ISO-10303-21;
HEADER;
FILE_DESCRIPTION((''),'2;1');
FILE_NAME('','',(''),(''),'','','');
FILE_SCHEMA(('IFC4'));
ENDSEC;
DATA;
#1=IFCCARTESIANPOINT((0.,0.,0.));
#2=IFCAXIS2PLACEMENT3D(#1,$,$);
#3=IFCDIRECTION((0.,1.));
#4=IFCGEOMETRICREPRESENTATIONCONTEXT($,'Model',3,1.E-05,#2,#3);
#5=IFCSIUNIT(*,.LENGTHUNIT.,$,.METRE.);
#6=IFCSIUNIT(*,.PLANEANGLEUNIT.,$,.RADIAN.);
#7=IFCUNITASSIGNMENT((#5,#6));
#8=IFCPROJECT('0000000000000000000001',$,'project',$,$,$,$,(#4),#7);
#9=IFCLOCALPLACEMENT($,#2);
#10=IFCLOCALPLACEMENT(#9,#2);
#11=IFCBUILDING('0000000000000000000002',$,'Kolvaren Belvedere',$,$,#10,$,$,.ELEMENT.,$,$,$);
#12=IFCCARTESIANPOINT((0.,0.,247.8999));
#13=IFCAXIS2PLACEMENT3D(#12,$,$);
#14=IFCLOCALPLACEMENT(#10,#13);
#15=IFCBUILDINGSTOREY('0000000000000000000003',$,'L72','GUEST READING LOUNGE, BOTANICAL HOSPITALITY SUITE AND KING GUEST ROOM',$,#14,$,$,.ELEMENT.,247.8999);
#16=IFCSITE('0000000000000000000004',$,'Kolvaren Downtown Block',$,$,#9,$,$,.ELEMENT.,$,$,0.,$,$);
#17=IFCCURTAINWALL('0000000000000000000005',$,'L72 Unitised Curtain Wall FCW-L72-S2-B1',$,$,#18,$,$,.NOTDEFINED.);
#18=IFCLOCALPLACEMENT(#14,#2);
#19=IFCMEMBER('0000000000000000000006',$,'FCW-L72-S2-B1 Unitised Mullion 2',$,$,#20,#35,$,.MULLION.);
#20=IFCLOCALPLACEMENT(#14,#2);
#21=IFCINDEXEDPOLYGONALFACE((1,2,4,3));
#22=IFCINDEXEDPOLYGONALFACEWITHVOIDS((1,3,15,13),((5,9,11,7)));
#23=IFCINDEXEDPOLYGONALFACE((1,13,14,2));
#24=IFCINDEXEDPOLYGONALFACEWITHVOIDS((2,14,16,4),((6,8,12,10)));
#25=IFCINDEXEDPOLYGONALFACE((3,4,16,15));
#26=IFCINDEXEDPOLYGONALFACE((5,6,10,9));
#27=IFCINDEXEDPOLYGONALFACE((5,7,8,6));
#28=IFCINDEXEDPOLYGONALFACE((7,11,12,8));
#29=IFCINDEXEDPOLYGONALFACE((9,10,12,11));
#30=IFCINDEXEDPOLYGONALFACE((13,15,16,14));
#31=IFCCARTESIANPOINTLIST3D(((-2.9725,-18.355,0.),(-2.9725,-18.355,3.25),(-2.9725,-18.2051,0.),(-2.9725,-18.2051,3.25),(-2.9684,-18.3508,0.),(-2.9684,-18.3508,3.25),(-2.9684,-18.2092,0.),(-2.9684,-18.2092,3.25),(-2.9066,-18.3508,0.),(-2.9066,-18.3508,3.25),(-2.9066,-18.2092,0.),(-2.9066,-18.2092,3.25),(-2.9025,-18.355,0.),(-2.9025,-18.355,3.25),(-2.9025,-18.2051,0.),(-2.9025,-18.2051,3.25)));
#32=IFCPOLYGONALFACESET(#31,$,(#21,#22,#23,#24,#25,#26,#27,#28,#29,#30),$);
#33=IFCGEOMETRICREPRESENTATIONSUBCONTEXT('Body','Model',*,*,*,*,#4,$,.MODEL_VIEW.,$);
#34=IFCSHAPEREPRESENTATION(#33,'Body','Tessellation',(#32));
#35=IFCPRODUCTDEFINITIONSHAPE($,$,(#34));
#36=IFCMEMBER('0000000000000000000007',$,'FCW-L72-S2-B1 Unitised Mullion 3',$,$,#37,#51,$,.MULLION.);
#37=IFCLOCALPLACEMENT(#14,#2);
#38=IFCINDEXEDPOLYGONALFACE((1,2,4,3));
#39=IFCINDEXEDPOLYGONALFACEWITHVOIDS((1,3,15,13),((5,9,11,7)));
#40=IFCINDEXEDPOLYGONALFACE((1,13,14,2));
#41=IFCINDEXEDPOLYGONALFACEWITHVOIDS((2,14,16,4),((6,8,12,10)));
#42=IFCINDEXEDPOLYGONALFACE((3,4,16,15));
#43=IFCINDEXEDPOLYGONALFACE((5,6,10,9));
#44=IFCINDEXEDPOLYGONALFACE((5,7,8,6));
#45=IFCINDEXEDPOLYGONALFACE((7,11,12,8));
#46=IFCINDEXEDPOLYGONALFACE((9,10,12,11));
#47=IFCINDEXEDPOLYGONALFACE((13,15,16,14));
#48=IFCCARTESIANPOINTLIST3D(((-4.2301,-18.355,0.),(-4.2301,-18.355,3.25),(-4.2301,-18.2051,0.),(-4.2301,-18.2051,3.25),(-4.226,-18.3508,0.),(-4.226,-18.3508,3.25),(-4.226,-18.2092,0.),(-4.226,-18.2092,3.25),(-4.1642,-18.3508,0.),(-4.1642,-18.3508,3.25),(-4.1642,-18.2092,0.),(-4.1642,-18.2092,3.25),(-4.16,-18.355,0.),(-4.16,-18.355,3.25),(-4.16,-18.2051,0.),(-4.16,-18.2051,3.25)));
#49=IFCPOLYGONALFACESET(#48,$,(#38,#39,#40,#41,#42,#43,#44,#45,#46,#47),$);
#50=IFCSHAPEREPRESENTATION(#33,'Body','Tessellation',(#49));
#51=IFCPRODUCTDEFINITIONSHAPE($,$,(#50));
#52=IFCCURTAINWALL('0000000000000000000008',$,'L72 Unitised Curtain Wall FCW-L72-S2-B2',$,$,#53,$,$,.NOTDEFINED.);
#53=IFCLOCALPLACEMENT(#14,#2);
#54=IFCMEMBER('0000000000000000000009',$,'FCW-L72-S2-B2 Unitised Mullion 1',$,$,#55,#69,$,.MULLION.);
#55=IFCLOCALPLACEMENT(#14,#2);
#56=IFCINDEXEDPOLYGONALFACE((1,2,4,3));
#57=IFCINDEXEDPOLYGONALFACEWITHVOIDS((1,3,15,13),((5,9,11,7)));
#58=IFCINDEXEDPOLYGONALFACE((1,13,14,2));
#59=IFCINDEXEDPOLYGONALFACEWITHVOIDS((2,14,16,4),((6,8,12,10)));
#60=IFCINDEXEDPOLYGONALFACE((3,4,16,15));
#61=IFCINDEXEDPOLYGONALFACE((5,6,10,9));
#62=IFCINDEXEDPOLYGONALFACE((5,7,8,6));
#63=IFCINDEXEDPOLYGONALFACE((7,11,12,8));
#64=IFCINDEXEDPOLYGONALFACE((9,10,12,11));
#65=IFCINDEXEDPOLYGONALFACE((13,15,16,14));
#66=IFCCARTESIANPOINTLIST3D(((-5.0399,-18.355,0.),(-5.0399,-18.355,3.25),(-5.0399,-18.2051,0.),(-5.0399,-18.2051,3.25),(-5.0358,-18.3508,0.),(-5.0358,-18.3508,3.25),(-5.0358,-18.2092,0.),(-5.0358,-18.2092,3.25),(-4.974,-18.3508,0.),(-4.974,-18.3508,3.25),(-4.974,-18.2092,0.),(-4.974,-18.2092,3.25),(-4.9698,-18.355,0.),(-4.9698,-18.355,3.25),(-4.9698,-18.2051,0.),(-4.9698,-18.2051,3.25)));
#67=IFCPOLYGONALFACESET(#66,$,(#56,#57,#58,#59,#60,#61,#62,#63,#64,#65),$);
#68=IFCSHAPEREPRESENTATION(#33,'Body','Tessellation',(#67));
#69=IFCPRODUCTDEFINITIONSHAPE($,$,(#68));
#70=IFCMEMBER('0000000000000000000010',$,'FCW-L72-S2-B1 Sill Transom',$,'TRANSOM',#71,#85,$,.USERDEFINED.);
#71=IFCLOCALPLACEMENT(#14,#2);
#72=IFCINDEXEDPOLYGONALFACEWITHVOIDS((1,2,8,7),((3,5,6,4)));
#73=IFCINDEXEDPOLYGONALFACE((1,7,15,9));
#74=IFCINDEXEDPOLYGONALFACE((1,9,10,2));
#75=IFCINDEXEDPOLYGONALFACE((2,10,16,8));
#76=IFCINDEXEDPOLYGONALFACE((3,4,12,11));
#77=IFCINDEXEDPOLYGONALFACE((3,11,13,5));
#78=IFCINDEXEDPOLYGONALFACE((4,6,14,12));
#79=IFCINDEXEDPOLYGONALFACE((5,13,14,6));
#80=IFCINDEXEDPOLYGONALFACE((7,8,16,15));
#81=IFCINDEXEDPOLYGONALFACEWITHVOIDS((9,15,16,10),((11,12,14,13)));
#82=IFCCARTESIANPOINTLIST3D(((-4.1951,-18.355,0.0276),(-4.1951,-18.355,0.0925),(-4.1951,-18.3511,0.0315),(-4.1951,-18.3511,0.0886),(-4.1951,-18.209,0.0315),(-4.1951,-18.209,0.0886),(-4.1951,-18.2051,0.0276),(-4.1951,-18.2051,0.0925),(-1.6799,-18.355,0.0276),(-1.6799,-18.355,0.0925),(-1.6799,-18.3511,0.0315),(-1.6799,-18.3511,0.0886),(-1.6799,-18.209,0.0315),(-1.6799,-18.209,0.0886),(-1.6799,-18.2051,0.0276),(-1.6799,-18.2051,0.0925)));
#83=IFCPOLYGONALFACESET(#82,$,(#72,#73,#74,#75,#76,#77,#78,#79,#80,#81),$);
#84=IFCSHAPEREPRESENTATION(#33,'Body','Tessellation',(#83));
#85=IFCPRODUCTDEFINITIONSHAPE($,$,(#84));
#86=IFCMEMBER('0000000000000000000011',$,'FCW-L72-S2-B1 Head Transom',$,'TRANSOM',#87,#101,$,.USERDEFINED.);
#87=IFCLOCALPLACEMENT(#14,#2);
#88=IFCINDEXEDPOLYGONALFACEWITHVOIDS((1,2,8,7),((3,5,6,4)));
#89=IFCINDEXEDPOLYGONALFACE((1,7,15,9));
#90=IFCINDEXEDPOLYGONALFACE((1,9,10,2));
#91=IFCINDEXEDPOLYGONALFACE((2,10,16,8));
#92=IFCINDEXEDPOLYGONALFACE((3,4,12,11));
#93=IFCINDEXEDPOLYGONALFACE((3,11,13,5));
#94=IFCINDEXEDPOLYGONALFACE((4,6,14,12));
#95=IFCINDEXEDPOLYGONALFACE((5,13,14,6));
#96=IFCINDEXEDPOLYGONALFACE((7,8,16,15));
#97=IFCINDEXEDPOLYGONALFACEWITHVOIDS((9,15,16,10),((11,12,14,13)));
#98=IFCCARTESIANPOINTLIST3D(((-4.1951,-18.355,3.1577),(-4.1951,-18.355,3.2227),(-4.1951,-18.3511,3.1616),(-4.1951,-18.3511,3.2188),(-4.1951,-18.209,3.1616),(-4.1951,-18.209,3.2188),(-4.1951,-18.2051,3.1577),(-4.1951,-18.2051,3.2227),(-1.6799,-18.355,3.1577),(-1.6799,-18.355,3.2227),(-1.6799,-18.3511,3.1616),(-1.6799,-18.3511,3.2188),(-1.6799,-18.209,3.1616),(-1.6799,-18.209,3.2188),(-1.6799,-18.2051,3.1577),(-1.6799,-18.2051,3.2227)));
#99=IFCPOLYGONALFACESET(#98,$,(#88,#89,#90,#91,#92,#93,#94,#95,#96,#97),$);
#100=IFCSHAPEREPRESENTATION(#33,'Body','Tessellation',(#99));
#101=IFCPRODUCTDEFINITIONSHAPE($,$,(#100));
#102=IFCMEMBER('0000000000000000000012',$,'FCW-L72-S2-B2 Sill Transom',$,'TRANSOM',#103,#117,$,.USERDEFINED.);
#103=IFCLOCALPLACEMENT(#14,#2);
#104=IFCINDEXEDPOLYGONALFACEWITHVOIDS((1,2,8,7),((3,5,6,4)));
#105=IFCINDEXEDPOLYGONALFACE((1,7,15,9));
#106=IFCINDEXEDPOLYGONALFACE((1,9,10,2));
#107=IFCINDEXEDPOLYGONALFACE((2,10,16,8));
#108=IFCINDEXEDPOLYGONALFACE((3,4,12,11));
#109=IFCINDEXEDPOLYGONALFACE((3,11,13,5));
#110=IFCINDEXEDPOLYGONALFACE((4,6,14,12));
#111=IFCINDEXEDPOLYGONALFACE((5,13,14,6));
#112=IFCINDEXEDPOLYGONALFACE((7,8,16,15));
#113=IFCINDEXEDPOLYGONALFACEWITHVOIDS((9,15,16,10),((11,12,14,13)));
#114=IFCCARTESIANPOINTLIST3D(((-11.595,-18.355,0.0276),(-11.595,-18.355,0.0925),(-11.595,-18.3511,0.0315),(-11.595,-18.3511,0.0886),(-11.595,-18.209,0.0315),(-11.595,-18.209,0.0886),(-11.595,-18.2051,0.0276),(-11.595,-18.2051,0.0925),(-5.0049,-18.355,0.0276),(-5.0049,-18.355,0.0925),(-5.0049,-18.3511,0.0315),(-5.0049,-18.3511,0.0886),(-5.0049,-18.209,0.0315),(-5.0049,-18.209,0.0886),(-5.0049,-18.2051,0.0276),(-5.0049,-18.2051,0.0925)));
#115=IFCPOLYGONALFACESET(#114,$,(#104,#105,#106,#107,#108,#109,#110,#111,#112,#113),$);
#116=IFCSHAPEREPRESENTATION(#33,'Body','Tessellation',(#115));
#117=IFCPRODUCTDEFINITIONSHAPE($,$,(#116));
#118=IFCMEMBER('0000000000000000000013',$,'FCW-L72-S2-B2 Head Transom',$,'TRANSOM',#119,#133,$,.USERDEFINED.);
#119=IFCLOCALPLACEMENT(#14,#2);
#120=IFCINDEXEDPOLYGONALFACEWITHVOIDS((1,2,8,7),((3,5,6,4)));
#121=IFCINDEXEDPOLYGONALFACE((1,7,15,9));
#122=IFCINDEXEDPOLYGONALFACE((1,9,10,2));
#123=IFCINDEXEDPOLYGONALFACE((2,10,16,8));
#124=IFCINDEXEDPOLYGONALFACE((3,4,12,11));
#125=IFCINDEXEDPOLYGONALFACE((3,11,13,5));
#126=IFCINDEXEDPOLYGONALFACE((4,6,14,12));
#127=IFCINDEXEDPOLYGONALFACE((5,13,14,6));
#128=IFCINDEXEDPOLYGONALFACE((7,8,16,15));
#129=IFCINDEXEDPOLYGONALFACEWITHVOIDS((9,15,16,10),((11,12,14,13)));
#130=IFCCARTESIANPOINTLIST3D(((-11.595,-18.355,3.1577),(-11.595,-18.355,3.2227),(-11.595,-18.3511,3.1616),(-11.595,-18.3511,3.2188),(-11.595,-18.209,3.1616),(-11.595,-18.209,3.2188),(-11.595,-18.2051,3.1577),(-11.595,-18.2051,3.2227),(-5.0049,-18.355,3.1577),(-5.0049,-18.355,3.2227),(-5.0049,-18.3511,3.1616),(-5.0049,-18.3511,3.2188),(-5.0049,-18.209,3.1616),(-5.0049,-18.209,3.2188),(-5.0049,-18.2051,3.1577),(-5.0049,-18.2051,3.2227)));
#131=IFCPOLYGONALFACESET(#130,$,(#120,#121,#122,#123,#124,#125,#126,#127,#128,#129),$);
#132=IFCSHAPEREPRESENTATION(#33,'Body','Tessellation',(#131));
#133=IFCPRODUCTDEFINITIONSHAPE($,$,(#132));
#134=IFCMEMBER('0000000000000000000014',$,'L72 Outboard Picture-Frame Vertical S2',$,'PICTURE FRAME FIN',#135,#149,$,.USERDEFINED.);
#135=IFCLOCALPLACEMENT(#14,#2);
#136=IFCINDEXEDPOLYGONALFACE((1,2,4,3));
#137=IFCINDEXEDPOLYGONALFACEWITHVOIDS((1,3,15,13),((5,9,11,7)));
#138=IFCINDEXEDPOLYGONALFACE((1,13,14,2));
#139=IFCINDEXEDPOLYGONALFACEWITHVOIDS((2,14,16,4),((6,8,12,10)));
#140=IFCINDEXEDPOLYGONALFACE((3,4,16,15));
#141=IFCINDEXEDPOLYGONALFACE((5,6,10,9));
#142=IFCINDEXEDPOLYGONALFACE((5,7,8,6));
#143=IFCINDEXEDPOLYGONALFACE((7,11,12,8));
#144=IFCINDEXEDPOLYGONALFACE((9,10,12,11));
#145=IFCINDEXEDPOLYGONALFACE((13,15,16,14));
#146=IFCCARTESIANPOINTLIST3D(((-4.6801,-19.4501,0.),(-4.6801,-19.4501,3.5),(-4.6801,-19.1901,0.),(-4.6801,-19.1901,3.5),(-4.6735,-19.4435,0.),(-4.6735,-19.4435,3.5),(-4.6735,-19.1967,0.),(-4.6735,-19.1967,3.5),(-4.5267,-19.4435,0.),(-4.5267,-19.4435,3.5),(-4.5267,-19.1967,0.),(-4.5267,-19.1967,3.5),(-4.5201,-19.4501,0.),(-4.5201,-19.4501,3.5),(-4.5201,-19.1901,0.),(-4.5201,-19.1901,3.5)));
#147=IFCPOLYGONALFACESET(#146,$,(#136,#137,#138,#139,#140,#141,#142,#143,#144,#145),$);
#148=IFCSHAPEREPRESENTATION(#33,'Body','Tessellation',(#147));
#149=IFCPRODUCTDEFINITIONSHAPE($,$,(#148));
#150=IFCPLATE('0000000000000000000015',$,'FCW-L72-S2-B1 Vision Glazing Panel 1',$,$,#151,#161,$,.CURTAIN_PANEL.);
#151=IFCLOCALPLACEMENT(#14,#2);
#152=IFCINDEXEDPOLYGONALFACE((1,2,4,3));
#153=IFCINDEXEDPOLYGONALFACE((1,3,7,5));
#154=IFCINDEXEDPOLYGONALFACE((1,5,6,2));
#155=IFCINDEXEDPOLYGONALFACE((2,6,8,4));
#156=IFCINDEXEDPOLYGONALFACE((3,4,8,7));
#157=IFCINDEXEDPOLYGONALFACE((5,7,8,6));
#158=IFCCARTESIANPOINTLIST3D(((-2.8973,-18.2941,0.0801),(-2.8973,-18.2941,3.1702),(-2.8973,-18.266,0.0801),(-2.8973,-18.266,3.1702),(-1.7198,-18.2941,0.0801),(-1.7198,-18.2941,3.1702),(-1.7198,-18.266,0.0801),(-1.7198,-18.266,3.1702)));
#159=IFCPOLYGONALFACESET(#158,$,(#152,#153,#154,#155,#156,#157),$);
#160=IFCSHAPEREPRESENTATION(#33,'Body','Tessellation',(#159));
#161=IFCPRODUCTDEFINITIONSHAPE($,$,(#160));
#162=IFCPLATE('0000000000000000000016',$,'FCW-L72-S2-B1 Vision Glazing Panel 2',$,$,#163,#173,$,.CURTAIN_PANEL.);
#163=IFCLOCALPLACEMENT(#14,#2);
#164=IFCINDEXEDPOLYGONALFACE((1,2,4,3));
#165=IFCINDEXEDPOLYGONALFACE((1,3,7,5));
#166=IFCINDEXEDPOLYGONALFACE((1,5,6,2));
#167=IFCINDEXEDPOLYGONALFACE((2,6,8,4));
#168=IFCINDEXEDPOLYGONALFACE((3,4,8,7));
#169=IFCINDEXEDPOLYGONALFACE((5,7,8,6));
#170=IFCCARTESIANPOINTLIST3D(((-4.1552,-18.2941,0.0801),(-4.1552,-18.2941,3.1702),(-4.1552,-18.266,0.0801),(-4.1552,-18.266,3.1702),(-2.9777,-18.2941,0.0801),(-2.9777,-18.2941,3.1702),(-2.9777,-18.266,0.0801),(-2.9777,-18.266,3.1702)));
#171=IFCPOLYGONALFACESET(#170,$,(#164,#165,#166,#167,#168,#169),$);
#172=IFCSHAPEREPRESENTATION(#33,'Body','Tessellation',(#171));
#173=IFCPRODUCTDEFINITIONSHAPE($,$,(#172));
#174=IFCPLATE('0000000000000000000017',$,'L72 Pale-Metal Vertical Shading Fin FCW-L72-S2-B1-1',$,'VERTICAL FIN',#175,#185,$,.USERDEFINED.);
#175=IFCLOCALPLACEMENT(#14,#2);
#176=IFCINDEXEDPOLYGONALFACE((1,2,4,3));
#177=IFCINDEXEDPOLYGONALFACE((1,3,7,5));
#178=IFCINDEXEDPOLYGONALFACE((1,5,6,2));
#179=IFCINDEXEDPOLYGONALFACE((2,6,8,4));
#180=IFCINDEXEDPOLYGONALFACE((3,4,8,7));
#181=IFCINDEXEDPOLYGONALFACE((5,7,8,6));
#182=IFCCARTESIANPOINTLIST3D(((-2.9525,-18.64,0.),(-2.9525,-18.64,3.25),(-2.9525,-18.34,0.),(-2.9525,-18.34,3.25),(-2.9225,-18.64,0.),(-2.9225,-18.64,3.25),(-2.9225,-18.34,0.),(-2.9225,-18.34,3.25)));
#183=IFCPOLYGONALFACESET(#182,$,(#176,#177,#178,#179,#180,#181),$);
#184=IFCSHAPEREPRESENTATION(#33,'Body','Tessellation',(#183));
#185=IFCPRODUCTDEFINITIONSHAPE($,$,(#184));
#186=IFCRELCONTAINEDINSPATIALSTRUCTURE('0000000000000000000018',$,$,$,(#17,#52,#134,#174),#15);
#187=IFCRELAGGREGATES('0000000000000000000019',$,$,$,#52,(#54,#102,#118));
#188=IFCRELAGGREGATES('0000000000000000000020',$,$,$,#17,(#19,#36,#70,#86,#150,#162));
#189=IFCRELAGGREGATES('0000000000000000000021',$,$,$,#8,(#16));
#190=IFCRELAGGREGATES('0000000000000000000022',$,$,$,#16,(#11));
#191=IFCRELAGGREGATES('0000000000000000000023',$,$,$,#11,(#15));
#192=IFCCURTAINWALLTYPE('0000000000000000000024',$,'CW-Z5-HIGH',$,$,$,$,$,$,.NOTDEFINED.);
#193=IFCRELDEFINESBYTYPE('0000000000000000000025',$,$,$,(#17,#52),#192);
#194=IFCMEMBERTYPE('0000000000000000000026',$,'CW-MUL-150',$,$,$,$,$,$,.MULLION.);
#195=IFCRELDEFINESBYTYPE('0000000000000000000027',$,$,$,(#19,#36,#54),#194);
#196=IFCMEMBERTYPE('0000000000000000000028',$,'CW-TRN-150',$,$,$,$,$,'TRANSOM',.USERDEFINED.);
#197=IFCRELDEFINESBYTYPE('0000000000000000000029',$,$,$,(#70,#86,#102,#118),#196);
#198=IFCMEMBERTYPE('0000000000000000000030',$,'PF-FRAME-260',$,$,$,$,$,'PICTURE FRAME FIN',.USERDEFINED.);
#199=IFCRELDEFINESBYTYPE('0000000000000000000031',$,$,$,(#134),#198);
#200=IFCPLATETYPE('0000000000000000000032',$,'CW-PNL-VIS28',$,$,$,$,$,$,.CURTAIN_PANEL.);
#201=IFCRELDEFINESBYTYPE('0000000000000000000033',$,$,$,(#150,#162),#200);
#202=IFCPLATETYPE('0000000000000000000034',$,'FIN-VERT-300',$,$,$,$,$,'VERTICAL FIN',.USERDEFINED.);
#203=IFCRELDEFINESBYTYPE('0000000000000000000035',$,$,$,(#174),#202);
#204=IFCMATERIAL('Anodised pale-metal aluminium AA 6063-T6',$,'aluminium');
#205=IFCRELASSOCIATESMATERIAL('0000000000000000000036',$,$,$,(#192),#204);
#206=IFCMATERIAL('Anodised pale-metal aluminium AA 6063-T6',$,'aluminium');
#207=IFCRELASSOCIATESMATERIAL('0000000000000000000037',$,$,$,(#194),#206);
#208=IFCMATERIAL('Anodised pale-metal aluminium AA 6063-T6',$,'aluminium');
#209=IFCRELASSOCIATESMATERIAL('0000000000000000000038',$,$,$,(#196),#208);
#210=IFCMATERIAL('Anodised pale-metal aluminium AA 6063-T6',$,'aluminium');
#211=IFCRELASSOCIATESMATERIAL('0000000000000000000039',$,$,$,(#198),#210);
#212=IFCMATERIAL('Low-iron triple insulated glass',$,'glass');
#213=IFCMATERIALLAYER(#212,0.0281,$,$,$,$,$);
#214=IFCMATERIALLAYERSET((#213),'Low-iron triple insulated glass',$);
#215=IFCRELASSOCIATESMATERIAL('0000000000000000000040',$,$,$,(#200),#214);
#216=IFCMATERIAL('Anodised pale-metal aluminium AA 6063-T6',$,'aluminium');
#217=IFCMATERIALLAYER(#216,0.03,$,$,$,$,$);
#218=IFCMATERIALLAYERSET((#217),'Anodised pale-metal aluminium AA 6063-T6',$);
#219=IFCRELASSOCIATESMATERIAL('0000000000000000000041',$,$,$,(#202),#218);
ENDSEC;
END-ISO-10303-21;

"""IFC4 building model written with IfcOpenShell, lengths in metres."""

from ifc_helpers import new_model, si_unit, direction, frame, origin, origin_2d, place, context, subcontext, project, spatial, rectangle, hollow_rectangle, extrude, material, layer, layer_set, material_profile, profile_set, type_object, element, aggregate, save


model = new_model("IFC4")

# Units and contexts
model_context = context("Model", 3, precision=1e-05, world=origin(), true_north=direction((0.0, 1.0)))
body_context = subcontext(model_context, "Body", "Model", "MODEL_VIEW")
ifc_project = project(units=[si_unit("LENGTHUNIT", "METRE"), si_unit("PLANEANGLEUNIT", "RADIAN")], contexts=[model_context])

# Site, building, storey
site_placement = place(None, origin())
site = spatial("IfcSite", under=ifc_project, at=site_placement, Name="Kolvaren Downtown Block", CompositionType="ELEMENT", RefElevation=0.0)
building_placement = place(site_placement, origin())
building = spatial("IfcBuilding", under=site, at=building_placement, Name="Kolvaren Belvedere", CompositionType="ELEMENT")
storey_placement = place(building_placement, frame((0.0, 0.0, 247.8999)))
storey = spatial("IfcBuildingStorey", under=building, at=storey_placement, Name="L72", Description="GUEST READING LOUNGE, BOTANICAL HOSPITALITY SUITE AND KING GUEST ROOM", CompositionType="ELEMENT", Elevation=247.8999)

# Curtain wall, members
ifc_material_1 = material(Name="Anodised pale-metal aluminium AA 6063-T6", Category="aluminium")
curtain_wall_type = type_object("IfcCurtainWallType", Name="CW-Z5-HIGH", PredefinedType="NOTDEFINED", material=ifc_material_1)
curtain_wall_1_placement = place(storey_placement, origin())
curtain_wall_1 = element("IfcCurtainWall", 1, at=curtain_wall_1_placement, inside=storey, type_object=curtain_wall_type, Name="L72 Unitised Curtain Wall FCW-L72-S2-B1", PredefinedType="NOTDEFINED")
ifc_material_2 = material(Name="Anodised pale-metal aluminium AA 6063-T6", Category="aluminium")
ifc_material_profile_1 = material_profile(ifc_material_2, hollow_rectangle(XDim=0.0701, YDim=0.1499, WallThickness=0.0042, at=origin_2d()), Name="ALU-MUL-150X70")
ifc_profile_set_1 = profile_set([ifc_material_profile_1], Name="Anodised pale-metal aluminium AA 6063-T6")
member_type_1 = type_object("IfcMemberType", Name="CW-MUL-150", PredefinedType="MULLION", material=ifc_profile_set_1)
member_1_placement = place(storey_placement, frame((-2.9375, -18.28, 0.0), z_axis=(0.0, 0.0, 1.0), x_axis=(1.0, 0.0, 0.0)))
member_1 = element("IfcMember", 2, at=member_1_placement, type_object=member_type_1, Name="FCW-L72-S2-B1 Unitised Mullion 2", PredefinedType="MULLION", context=body_context, shape_type="SweptSolid", body=[
    extrude(hollow_rectangle(XDim=0.0701, YDim=0.1499, WallThickness=0.0042, at=origin_2d()), origin(), (0.0, 0.0, 1.0), 3.25),
])
member_2_placement = place(storey_placement, frame((-4.1951, -18.28, 0.0), z_axis=(0.0, 0.0, 1.0), x_axis=(1.0, 0.0, 0.0)))
member_2 = element("IfcMember", 3, at=member_2_placement, type_object=member_type_1, Name="FCW-L72-S2-B1 Unitised Mullion 3", PredefinedType="MULLION", context=body_context, shape_type="SweptSolid", body=[
    extrude(hollow_rectangle(XDim=0.0701, YDim=0.1499, WallThickness=0.0042, at=origin_2d()), origin(), (0.0, 0.0, 1.0), 3.25),
])

# Curtain wall, member
curtain_wall_2_placement = place(storey_placement, origin())
curtain_wall_2 = element("IfcCurtainWall", 4, at=curtain_wall_2_placement, inside=storey, type_object=curtain_wall_type, Name="L72 Unitised Curtain Wall FCW-L72-S2-B2", PredefinedType="NOTDEFINED")
member_3_placement = place(storey_placement, frame((-5.0049, -18.28, 0.0), z_axis=(0.0, 0.0, 1.0), x_axis=(1.0, 0.0, 0.0)))
member_3 = element("IfcMember", 5, at=member_3_placement, type_object=member_type_1, Name="FCW-L72-S2-B2 Unitised Mullion 1", PredefinedType="MULLION", context=body_context, shape_type="SweptSolid", body=[
    extrude(hollow_rectangle(XDim=0.0701, YDim=0.1499, WallThickness=0.0042, at=origin_2d()), origin(), (0.0, 0.0, 1.0), 3.25),
])

# Members
ifc_material_3 = material(Name="Anodised pale-metal aluminium AA 6063-T6", Category="aluminium")
ifc_material_profile_2 = material_profile(ifc_material_3, hollow_rectangle(XDim=0.0649, YDim=0.1499, WallThickness=0.0039, at=origin_2d()), Name="ALU-TRN-150X65")
ifc_profile_set_2 = profile_set([ifc_material_profile_2], Name="Anodised pale-metal aluminium AA 6063-T6")
member_type_2 = type_object("IfcMemberType", Name="CW-TRN-150", ElementType="TRANSOM", PredefinedType="USERDEFINED", material=ifc_profile_set_2)
member_4_placement = place(storey_placement, frame((-1.6799, -18.28, 0.0601), z_axis=(-1.0, 0.0, 0.0), x_axis=(0.0, 0.0, 1.0)))
member_4 = element("IfcMember", 6, at=member_4_placement, type_object=member_type_2, Name="FCW-L72-S2-B1 Sill Transom", ObjectType="TRANSOM", PredefinedType="USERDEFINED", context=body_context, shape_type="SweptSolid", body=[
    extrude(hollow_rectangle(XDim=0.0649, YDim=0.1499, WallThickness=0.0039, at=origin_2d()), origin(), (0.0, 0.0, 1.0), 2.5151),
])
member_5_placement = place(storey_placement, frame((-1.6799, -18.28, 3.1902), z_axis=(-1.0, 0.0, 0.0), x_axis=(0.0, 0.0, 1.0)))
member_5 = element("IfcMember", 7, at=member_5_placement, type_object=member_type_2, Name="FCW-L72-S2-B1 Head Transom", ObjectType="TRANSOM", PredefinedType="USERDEFINED", context=body_context, shape_type="SweptSolid", body=[
    extrude(hollow_rectangle(XDim=0.0649, YDim=0.1499, WallThickness=0.0039, at=origin_2d()), origin(), (0.0, 0.0, 1.0), 2.5151),
])
member_6_placement = place(storey_placement, frame((-5.0049, -18.28, 0.0601), z_axis=(-1.0, 0.0, 0.0), x_axis=(0.0, 0.0, 1.0)))
member_6 = element("IfcMember", 8, at=member_6_placement, type_object=member_type_2, Name="FCW-L72-S2-B2 Sill Transom", ObjectType="TRANSOM", PredefinedType="USERDEFINED", context=body_context, shape_type="SweptSolid", body=[
    extrude(hollow_rectangle(XDim=0.0649, YDim=0.1499, WallThickness=0.0039, at=origin_2d()), origin(), (0.0, 0.0, 1.0), 6.5901),
])
member_7_placement = place(storey_placement, frame((-5.0049, -18.28, 3.1902), z_axis=(-1.0, 0.0, 0.0), x_axis=(0.0, 0.0, 1.0)))
member_7 = element("IfcMember", 9, at=member_7_placement, type_object=member_type_2, Name="FCW-L72-S2-B2 Head Transom", ObjectType="TRANSOM", PredefinedType="USERDEFINED", context=body_context, shape_type="SweptSolid", body=[
    extrude(hollow_rectangle(XDim=0.0649, YDim=0.1499, WallThickness=0.0039, at=origin_2d()), origin(), (0.0, 0.0, 1.0), 6.5901),
])
aggregate(curtain_wall_2, [member_3, member_6, member_7])
ifc_material_4 = material(Name="Anodised pale-metal aluminium AA 6063-T6", Category="aluminium")
ifc_material_profile_3 = material_profile(ifc_material_4, hollow_rectangle(XDim=0.1599, YDim=0.26, WallThickness=0.0066, at=origin_2d()), Name="ALU-PF-260X160")
ifc_profile_set_3 = profile_set([ifc_material_profile_3], Name="Anodised pale-metal aluminium AA 6063-T6")
member_type_3 = type_object("IfcMemberType", Name="PF-FRAME-260", ElementType="PICTURE FRAME FIN", PredefinedType="USERDEFINED", material=ifc_profile_set_3)
member_8_placement = place(storey_placement, frame((-4.6001, -19.3201, 0.0), z_axis=(0.0, 0.0, 1.0), x_axis=(1.0, 0.0, 0.0)))
element("IfcMember", 10, at=member_8_placement, inside=storey, type_object=member_type_3, Name="L72 Outboard Picture-Frame Vertical S2", ObjectType="PICTURE FRAME FIN", PredefinedType="USERDEFINED", context=body_context, shape_type="SweptSolid", body=[
    extrude(hollow_rectangle(XDim=0.1599, YDim=0.26, WallThickness=0.0066, at=origin_2d()), origin(), (0.0, 0.0, 1.0), 3.5),
])

# Plates
ifc_material_5 = material(Name="Low-iron triple insulated glass", Category="glass")
ifc_layer_1 = layer(ifc_material_5, 0.0281)
ifc_layer_set_1 = layer_set([ifc_layer_1], Name="Low-iron triple insulated glass")
plate_type_1 = type_object("IfcPlateType", Name="CW-PNL-VIS28", PredefinedType="CURTAIN_PANEL", material=ifc_layer_set_1)
plate_1_placement = place(storey_placement, frame((-2.3086, -18.28, 0.0801), z_axis=(0.0, 0.0, 1.0), x_axis=(-1.0, 0.0, 0.0)))
plate_1 = element("IfcPlate", 11, at=plate_1_placement, type_object=plate_type_1, Name="FCW-L72-S2-B1 Vision Glazing Panel 1", PredefinedType="CURTAIN_PANEL", context=body_context, shape_type="SweptSolid", body=[
    extrude(rectangle(XDim=1.1775, YDim=0.0281, at=origin_2d()), origin(), (0.0, 0.0, 1.0), 3.0901),
])
plate_2_placement = place(storey_placement, frame((-3.5664, -18.28, 0.0801), z_axis=(0.0, 0.0, 1.0), x_axis=(-1.0, 0.0, 0.0)))
plate_2 = element("IfcPlate", 12, at=plate_2_placement, type_object=plate_type_1, Name="FCW-L72-S2-B1 Vision Glazing Panel 2", PredefinedType="CURTAIN_PANEL", context=body_context, shape_type="SweptSolid", body=[
    extrude(rectangle(XDim=1.1775, YDim=0.0281, at=origin_2d()), origin(), (0.0, 0.0, 1.0), 3.0901),
])
aggregate(curtain_wall_1, [member_1, member_2, member_4, member_5, plate_1, plate_2])
ifc_material_6 = material(Name="Anodised pale-metal aluminium AA 6063-T6", Category="aluminium")
ifc_layer_2 = layer(ifc_material_6, 0.03)
ifc_layer_set_2 = layer_set([ifc_layer_2], Name="Anodised pale-metal aluminium AA 6063-T6")
plate_type_2 = type_object("IfcPlateType", Name="FIN-VERT-300", ElementType="VERTICAL FIN", PredefinedType="USERDEFINED", material=ifc_layer_set_2)
plate_3_placement = place(storey_placement, frame((-2.9375, -18.49, 0.0), z_axis=(0.0, 0.0, 1.0), x_axis=(0.0, 1.0, 0.0)))
element("IfcPlate", 13, at=plate_3_placement, inside=storey, type_object=plate_type_2, Name="L72 Pale-Metal Vertical Shading Fin FCW-L72-S2-B1-1", ObjectType="VERTICAL FIN", PredefinedType="USERDEFINED", context=body_context, shape_type="SweptSolid", body=[
    extrude(rectangle(XDim=0.3, YDim=0.03, at=origin_2d()), origin(), (0.0, 0.0, 1.0), 3.25),
])

save(model, "model.ifc")
